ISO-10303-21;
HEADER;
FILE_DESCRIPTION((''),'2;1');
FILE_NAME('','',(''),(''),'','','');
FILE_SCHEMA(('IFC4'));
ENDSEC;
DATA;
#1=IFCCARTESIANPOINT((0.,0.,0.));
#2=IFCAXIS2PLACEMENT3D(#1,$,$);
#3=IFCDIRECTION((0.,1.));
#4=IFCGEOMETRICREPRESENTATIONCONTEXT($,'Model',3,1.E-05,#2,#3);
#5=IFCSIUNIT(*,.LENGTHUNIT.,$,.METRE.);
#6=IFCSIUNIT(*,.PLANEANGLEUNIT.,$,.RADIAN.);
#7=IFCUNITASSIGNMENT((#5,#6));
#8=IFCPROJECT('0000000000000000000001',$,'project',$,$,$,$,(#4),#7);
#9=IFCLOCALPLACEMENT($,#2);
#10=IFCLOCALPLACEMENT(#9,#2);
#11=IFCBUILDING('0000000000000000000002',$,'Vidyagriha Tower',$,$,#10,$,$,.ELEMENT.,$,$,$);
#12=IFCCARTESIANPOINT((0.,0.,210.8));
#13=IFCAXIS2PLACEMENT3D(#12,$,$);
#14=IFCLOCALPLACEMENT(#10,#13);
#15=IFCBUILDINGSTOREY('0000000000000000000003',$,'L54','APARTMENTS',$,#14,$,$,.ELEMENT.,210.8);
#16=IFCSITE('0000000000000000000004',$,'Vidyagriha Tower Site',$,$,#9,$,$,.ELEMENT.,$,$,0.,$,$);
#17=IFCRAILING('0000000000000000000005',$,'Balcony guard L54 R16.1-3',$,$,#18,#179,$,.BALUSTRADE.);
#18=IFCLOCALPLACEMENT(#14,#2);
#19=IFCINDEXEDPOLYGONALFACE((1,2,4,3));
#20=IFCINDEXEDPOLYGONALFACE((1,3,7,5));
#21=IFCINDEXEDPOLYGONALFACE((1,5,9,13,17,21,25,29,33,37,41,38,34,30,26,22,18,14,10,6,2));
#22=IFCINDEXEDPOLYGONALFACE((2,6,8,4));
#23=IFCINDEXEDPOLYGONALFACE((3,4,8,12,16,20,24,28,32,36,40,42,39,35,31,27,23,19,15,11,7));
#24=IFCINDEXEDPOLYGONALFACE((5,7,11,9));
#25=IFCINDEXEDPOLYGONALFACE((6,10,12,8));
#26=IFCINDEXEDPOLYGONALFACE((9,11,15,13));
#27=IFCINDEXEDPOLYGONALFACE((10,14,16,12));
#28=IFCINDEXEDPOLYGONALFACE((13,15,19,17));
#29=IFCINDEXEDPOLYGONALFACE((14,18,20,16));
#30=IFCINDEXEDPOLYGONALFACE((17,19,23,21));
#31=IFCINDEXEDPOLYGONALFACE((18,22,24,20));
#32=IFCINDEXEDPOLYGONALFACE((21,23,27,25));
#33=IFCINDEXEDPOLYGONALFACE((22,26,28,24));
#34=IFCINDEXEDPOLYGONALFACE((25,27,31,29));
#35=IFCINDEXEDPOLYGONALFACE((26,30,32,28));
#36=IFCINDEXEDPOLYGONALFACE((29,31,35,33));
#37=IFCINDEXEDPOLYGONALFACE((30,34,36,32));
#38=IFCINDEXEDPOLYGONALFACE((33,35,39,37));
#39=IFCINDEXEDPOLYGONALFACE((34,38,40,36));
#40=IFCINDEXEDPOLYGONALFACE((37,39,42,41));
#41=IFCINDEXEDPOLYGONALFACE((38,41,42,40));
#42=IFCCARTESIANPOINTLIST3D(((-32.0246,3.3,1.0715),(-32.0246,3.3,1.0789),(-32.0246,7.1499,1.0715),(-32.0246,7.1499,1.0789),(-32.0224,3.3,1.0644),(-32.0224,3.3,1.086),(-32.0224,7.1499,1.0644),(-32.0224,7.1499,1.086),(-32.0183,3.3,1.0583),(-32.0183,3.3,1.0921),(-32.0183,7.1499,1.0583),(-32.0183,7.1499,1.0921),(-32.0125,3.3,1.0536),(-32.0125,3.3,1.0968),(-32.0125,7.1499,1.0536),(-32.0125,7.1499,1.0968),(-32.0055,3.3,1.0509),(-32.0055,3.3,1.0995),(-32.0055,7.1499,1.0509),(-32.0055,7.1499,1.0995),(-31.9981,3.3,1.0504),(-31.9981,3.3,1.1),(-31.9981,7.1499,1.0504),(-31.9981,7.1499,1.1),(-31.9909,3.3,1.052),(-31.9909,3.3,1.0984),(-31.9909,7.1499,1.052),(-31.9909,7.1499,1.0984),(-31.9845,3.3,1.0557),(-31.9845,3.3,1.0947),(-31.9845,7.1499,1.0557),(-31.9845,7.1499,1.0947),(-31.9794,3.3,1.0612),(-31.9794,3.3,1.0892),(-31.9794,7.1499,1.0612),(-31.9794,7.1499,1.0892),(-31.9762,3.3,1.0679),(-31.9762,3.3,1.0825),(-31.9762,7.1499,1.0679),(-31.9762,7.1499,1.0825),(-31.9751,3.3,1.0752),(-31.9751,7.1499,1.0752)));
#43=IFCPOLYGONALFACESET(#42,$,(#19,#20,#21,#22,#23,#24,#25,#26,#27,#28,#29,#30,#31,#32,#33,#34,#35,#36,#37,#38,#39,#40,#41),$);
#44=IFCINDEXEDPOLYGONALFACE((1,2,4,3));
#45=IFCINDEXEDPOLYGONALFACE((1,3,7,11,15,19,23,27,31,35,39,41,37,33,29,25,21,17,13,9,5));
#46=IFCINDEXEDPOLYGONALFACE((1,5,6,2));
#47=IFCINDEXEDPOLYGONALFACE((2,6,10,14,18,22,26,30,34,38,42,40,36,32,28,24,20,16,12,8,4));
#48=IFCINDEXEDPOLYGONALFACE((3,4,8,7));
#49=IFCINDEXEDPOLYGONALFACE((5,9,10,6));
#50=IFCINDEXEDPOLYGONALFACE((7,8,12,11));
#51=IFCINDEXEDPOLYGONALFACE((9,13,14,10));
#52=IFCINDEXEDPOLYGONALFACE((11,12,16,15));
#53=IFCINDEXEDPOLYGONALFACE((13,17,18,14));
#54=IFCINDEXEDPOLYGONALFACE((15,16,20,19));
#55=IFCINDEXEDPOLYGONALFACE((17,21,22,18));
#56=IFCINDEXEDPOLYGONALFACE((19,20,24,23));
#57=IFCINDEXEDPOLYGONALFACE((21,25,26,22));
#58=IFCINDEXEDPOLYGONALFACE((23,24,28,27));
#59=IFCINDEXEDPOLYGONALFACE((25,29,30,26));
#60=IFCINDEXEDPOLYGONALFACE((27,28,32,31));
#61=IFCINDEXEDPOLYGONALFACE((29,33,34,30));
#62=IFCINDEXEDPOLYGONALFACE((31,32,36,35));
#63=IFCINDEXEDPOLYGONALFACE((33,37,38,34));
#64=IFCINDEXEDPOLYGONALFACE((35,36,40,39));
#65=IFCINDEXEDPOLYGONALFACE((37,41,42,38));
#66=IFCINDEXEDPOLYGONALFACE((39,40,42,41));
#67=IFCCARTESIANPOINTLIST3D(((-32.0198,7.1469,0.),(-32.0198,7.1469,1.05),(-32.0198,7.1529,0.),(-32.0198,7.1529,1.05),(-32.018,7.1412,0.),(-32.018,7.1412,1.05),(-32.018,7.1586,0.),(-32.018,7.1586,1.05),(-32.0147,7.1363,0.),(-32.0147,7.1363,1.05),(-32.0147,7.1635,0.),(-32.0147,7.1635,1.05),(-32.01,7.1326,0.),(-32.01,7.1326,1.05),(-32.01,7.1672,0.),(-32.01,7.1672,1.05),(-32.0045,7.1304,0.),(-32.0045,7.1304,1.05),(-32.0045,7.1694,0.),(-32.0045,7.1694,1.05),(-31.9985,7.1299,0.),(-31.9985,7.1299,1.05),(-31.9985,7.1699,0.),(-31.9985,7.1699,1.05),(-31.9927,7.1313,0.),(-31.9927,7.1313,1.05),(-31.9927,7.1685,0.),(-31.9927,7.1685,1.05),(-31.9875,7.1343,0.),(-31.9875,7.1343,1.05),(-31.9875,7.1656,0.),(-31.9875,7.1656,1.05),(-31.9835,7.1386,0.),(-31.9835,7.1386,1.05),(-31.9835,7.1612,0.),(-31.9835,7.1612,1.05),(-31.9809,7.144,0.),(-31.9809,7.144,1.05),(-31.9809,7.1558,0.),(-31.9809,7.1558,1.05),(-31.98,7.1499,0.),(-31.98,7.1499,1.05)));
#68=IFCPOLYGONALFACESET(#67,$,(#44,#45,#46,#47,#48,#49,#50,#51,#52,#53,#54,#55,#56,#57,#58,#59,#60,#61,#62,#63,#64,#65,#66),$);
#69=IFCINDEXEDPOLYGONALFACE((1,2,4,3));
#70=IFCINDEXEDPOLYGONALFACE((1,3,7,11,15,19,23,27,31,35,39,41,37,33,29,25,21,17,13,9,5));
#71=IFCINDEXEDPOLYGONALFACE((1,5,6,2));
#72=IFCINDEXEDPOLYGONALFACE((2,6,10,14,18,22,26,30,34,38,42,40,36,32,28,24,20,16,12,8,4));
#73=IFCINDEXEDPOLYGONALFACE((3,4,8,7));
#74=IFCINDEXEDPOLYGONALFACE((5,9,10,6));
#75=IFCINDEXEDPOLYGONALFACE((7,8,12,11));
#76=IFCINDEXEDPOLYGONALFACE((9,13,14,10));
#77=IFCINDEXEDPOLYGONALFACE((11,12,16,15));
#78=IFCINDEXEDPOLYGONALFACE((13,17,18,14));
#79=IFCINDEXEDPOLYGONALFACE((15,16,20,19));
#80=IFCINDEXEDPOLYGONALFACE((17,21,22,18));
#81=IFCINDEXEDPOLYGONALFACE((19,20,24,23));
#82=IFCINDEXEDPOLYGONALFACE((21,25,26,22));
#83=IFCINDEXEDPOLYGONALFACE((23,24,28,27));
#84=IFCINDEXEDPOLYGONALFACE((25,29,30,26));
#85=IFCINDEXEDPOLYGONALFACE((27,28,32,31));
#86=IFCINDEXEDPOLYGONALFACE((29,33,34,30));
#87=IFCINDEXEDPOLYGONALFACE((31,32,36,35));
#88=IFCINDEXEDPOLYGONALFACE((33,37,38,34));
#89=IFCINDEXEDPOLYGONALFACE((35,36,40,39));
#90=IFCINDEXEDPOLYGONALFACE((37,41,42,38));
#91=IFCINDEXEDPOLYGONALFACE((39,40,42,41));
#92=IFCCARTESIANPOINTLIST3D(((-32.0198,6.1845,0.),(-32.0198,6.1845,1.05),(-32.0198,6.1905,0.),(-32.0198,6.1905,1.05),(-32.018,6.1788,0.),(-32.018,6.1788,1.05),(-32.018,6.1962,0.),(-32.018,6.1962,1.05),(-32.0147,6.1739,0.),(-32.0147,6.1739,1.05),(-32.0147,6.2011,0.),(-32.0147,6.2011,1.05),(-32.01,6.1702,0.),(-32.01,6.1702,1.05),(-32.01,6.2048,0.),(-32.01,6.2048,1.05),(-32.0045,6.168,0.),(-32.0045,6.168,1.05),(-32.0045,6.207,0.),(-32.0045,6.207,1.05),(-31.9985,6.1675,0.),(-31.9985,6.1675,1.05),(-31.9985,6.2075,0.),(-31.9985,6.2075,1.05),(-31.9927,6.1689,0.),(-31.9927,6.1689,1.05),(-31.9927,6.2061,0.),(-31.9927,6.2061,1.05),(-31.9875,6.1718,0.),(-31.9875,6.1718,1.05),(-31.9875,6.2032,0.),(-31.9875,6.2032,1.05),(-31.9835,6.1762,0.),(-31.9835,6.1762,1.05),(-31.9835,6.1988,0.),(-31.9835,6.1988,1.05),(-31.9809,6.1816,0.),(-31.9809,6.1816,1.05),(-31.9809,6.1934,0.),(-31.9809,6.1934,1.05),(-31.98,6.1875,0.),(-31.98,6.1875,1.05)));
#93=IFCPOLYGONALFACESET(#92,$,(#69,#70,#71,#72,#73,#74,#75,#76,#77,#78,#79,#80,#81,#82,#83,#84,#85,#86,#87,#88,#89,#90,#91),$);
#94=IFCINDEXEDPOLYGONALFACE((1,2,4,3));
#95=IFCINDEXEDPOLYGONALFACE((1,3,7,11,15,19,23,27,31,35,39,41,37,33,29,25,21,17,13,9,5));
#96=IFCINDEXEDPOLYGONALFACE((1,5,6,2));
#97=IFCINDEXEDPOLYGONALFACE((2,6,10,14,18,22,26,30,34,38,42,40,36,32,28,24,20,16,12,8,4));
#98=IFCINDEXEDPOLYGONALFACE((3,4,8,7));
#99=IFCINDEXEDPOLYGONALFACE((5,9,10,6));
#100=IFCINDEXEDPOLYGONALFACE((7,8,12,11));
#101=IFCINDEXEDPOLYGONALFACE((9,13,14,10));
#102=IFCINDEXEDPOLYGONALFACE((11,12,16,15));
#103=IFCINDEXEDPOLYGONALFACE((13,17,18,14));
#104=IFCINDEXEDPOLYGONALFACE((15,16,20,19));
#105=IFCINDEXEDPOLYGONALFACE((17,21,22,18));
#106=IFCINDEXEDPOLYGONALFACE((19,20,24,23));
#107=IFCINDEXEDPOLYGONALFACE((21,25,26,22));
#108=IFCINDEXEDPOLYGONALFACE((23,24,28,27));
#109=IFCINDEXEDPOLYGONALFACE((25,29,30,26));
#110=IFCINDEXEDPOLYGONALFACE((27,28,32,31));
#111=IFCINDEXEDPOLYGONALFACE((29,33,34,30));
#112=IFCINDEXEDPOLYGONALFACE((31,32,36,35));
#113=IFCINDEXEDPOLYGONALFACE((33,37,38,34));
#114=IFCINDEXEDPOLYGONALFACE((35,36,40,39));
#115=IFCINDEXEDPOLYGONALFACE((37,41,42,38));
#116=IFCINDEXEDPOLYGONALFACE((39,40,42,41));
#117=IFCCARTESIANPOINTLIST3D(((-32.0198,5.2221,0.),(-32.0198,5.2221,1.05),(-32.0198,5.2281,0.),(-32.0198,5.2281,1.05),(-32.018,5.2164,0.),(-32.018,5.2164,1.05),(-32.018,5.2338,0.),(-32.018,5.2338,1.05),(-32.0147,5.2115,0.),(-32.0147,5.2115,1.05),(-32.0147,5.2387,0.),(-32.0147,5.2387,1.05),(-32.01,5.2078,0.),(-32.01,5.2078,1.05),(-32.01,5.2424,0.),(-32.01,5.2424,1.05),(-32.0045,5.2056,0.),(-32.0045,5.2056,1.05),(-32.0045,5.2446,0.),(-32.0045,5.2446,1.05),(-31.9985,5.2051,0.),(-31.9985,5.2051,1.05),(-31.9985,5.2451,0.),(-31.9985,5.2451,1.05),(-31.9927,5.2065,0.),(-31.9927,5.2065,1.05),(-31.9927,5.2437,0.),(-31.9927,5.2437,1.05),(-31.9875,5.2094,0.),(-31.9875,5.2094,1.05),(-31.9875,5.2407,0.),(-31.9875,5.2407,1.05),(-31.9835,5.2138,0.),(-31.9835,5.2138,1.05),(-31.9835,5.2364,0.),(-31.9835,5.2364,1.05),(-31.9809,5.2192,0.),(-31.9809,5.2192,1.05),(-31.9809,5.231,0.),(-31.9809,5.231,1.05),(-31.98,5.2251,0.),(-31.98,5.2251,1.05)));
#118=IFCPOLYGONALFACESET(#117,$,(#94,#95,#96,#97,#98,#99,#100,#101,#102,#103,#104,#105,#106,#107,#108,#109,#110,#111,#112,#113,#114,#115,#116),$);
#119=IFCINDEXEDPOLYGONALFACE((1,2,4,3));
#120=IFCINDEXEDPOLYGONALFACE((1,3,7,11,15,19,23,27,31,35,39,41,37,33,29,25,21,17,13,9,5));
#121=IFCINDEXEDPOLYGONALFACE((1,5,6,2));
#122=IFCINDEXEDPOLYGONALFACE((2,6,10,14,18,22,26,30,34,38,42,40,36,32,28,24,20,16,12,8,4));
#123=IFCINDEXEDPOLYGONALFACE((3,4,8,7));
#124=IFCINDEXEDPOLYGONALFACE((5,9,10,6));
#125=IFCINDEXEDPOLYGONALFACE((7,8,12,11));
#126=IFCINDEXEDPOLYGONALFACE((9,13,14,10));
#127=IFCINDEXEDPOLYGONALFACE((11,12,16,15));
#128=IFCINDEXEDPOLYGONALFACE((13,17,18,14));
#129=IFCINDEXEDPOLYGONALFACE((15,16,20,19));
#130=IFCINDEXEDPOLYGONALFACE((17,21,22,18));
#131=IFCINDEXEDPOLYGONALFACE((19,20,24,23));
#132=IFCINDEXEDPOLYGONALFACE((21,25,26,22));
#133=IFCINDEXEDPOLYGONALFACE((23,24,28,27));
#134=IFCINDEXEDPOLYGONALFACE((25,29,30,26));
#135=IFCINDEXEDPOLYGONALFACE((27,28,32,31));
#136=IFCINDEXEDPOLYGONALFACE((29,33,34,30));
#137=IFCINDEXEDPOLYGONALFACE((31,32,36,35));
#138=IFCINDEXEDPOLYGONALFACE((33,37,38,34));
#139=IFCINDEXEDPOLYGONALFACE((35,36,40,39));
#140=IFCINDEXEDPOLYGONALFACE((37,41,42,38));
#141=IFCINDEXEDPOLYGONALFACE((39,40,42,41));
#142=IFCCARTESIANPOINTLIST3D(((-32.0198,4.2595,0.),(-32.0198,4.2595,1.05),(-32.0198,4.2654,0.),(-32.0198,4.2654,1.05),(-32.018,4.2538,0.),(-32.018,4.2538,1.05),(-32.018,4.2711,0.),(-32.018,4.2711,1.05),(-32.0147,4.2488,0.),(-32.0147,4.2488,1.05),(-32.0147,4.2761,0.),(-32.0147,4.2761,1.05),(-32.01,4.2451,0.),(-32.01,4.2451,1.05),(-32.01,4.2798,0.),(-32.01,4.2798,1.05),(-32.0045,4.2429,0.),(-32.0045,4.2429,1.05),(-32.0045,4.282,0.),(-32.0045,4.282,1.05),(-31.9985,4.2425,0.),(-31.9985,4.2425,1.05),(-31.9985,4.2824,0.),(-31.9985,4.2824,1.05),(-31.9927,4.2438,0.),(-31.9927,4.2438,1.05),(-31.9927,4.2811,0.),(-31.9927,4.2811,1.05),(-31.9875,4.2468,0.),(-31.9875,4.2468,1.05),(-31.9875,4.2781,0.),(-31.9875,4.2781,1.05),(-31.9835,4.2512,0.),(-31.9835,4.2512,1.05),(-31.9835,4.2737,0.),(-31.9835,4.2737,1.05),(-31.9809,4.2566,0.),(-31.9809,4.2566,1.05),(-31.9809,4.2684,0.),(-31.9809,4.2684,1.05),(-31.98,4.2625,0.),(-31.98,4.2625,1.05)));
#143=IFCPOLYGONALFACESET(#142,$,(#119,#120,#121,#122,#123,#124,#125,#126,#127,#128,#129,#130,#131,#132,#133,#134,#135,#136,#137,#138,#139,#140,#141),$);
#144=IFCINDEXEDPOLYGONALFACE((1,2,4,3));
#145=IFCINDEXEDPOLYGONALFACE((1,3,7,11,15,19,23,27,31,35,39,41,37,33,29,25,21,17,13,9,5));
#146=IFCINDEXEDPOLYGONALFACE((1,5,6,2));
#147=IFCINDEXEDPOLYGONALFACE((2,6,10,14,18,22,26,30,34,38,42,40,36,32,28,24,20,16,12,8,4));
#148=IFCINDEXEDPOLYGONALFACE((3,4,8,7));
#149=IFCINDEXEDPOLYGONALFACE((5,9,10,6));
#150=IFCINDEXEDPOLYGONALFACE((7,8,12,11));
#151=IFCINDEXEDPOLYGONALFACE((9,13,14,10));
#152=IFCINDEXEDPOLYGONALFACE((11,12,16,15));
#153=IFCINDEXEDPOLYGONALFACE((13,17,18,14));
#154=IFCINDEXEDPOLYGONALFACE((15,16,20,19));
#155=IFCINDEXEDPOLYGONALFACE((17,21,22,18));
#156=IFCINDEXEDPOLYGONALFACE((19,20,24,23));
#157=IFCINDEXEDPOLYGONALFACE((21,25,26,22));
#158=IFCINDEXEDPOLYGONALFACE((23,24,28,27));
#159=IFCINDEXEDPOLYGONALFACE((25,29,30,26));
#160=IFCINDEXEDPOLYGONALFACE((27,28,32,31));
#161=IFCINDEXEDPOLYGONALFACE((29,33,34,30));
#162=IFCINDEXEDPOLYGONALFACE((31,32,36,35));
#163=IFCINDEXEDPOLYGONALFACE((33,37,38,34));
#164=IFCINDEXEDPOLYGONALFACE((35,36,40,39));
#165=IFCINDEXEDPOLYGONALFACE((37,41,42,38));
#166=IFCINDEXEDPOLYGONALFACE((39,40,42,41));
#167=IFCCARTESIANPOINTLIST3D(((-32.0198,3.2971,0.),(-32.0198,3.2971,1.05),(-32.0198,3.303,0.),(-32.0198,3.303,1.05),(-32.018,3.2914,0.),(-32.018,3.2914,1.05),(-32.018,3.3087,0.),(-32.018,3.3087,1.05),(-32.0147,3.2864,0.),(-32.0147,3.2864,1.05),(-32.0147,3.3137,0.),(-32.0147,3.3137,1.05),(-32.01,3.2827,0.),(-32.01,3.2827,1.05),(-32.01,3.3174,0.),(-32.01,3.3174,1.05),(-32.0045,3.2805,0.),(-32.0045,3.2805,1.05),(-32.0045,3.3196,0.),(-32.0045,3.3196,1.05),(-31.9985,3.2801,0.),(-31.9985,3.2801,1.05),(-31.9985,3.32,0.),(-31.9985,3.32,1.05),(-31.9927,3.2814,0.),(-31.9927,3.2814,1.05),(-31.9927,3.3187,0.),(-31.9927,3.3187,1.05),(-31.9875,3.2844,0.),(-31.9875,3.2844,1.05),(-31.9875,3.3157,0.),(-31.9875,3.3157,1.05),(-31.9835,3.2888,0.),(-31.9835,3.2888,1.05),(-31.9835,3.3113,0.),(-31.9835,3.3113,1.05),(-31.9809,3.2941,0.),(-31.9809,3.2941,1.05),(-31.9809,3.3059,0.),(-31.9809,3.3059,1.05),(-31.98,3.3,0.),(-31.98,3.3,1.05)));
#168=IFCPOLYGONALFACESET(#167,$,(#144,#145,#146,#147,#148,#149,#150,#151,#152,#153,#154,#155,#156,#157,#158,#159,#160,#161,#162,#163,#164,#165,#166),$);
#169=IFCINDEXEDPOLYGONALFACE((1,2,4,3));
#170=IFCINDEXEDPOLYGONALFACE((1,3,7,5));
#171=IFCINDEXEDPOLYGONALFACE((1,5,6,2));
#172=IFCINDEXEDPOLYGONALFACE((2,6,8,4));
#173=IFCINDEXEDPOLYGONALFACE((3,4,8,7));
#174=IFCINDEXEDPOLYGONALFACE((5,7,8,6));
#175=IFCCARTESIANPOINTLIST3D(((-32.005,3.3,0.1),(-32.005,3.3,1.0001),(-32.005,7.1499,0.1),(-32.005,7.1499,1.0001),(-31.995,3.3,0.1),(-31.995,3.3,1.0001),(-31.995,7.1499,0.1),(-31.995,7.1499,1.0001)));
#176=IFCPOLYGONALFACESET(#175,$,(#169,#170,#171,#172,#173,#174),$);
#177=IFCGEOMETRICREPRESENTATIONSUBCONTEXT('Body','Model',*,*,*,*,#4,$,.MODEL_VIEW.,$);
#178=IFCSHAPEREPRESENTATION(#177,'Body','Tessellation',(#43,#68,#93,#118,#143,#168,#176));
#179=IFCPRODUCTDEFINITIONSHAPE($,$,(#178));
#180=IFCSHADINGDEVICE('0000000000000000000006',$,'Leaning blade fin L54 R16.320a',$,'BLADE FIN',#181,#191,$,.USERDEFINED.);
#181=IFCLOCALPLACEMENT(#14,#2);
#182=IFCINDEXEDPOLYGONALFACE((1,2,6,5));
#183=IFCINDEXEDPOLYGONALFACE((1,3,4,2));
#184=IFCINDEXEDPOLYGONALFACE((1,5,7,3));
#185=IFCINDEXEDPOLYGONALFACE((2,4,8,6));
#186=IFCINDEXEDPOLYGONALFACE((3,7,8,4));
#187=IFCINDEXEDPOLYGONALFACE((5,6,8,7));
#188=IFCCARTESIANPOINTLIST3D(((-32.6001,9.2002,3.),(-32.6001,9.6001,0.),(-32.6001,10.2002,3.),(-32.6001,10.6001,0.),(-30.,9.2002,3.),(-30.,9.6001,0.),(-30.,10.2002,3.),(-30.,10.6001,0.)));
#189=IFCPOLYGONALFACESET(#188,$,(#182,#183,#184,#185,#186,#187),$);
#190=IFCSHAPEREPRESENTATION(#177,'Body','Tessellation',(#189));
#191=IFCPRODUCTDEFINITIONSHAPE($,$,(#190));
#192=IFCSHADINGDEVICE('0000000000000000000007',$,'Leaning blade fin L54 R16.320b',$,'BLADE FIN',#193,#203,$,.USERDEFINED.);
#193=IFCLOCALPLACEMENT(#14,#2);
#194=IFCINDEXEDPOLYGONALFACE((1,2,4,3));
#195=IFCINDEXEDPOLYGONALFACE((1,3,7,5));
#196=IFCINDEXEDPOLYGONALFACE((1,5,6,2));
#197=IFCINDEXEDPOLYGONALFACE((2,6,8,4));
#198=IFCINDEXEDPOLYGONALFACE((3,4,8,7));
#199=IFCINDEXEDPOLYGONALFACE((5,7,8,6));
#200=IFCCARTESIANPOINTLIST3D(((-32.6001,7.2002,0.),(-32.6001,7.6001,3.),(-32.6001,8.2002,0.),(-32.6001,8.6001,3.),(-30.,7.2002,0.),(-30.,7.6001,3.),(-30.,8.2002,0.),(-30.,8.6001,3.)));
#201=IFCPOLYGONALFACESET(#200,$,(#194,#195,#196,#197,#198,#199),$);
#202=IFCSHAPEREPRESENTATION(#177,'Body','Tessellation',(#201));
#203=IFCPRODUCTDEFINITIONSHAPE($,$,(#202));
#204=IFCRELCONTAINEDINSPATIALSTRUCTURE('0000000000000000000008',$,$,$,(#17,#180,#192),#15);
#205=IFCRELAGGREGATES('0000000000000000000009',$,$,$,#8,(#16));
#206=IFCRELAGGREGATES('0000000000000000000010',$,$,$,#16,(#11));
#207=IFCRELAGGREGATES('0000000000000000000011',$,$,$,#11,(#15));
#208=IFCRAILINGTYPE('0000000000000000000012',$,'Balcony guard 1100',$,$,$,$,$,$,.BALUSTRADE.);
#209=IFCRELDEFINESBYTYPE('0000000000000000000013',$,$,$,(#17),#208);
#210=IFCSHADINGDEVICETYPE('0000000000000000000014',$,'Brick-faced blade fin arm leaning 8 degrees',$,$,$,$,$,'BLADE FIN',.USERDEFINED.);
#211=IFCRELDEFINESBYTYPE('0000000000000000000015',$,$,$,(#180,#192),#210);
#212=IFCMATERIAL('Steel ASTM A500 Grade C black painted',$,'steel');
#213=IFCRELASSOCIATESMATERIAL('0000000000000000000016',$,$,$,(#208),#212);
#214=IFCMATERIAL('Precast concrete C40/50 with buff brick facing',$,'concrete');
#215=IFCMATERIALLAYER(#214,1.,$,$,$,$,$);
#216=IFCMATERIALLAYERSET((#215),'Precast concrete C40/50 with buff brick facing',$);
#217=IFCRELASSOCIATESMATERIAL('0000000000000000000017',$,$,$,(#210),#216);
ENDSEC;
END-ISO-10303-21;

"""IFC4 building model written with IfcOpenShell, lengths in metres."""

from ifc_helpers import new_model, si_unit, direction, frame, origin, origin_2d, place, context, subcontext, project, spatial, polyline, rectangle, circle, outline, extrude, material, layer, layer_set, type_object, element, save


model = new_model("IFC4")

# Units and contexts
model_context = context("Model", 3, precision=1e-05, world=origin(), true_north=direction((0.0, 1.0)))
body_context = subcontext(model_context, "Body", "Model", "MODEL_VIEW")
ifc_project = project(units=[si_unit("LENGTHUNIT", "METRE"), si_unit("PLANEANGLEUNIT", "RADIAN")], contexts=[model_context])

# Site, building, storey
site_placement = place(None, origin())
site = spatial("IfcSite", under=ifc_project, at=site_placement, Name="Vidyagriha Tower Site", CompositionType="ELEMENT", RefElevation=0.0)
building_placement = place(site_placement, origin())
building = spatial("IfcBuilding", under=site, at=building_placement, Name="Vidyagriha Tower", CompositionType="ELEMENT")
storey_placement = place(building_placement, frame((0.0, 0.0, 210.8)))
storey = spatial("IfcBuildingStorey", under=building, at=storey_placement, Name="L54", Description="APARTMENTS", CompositionType="ELEMENT", Elevation=210.8)

# Railing
ifc_material_1 = material(Name="Steel ASTM A500 Grade C black painted", Category="steel")
railing_type = type_object("IfcRailingType", Name="Balcony guard 1100", PredefinedType="BALUSTRADE", material=ifc_material_1)
railing_1_placement = place(storey_placement, frame((-32.0, 7.1499, 0.0)))
element("IfcRailing", 1, at=railing_1_placement, inside=storey, type_object=railing_type, Name="Balcony guard L54 R16.1-3", PredefinedType="BALUSTRADE", context=body_context, shape_type="SweptSolid", body=[
    extrude(circle(Radius=0.0249, at=origin_2d()), frame((0.0, 0.0, 1.0752), z_axis=(0.0, -1.0, 0.0), x_axis=(1.0, 0.0, 0.0)), (0.0, 0.0, 1.0), 3.8499),
    extrude(circle(Radius=0.02, at=origin_2d()), origin(), (0.0, 0.0, 1.0), 1.05),
    extrude(circle(Radius=0.02, at=origin_2d()), frame((0.0, -0.9624, 0.0)), (0.0, 0.0, 1.0), 1.05),
    extrude(circle(Radius=0.02, at=origin_2d()), frame((0.0, -1.9248, 0.0)), (0.0, 0.0, 1.0), 1.05),
    extrude(circle(Radius=0.02, at=origin_2d()), frame((0.0, -2.8875, 0.0)), (0.0, 0.0, 1.0), 1.05),
    extrude(circle(Radius=0.02, at=origin_2d()), frame((0.0, -3.8499, 0.0)), (0.0, 0.0, 1.0), 1.05),
    extrude(rectangle(XDim=0.01, YDim=0.9001, at=origin_2d()), frame((0.0, 0.0, 0.55), z_axis=(0.0, -1.0, 0.0), x_axis=(1.0, 0.0, 0.0)), (0.0, 0.0, 1.0), 3.8499),
])

# Shading devices
ifc_material_2 = material(Name="Precast concrete C40/50 with buff brick facing", Category="concrete")
ifc_layer_1 = layer(ifc_material_2, 1.0)
ifc_layer_set_1 = layer_set([ifc_layer_1], Name="Precast concrete C40/50 with buff brick facing")
shading_device_type_1 = type_object("IfcShadingDeviceType", Name="Brick-faced blade fin arm leaning 8 degrees", ElementType="BLADE FIN", PredefinedType="USERDEFINED", material=ifc_layer_set_1)
shading_device_1_placement = place(storey_placement, frame((-31.3, 10.6001, 0.0), z_axis=(0.0, 0.0, 1.0), x_axis=(0.0, -1.0, 0.0)))
element("IfcShadingDevice", 2, at=shading_device_1_placement, inside=storey, type_object=shading_device_type_1, Name="Leaning blade fin L54 R16.320a", ObjectType="BLADE FIN", PredefinedType="USERDEFINED", context=body_context, shape_type="SweptSolid", body=[
    extrude(outline(polyline([(0.0, 0.0), (1.0, 0.0), (1.3999, 3.0), (0.3999, 3.0), (0.0, 0.0)])), frame((0.0, 1.3, 0.0), z_axis=(0.0, -1.0, 0.0), x_axis=(1.0, 0.0, 0.0)), (0.0, 0.0, 1.0), 2.6001),
])
shading_device_2_placement = place(storey_placement, frame((-31.3, 8.6001, 0.0), z_axis=(0.0, 0.0, 1.0), x_axis=(0.0, -1.0, 0.0)))
element("IfcShadingDevice", 3, at=shading_device_2_placement, inside=storey, type_object=shading_device_type_1, Name="Leaning blade fin L54 R16.320b", ObjectType="BLADE FIN", PredefinedType="USERDEFINED", context=body_context, shape_type="SweptSolid", body=[
    extrude(outline(polyline([(0.3999, 0.0), (1.3999, 0.0), (1.0, 3.0), (0.0, 3.0), (0.3999, 0.0)])), frame((0.0, 1.3, 0.0), z_axis=(0.0, -1.0, 0.0), x_axis=(1.0, 0.0, 0.0)), (0.0, 0.0, 1.0), 2.6001),
])

save(model, "model.ifc")
